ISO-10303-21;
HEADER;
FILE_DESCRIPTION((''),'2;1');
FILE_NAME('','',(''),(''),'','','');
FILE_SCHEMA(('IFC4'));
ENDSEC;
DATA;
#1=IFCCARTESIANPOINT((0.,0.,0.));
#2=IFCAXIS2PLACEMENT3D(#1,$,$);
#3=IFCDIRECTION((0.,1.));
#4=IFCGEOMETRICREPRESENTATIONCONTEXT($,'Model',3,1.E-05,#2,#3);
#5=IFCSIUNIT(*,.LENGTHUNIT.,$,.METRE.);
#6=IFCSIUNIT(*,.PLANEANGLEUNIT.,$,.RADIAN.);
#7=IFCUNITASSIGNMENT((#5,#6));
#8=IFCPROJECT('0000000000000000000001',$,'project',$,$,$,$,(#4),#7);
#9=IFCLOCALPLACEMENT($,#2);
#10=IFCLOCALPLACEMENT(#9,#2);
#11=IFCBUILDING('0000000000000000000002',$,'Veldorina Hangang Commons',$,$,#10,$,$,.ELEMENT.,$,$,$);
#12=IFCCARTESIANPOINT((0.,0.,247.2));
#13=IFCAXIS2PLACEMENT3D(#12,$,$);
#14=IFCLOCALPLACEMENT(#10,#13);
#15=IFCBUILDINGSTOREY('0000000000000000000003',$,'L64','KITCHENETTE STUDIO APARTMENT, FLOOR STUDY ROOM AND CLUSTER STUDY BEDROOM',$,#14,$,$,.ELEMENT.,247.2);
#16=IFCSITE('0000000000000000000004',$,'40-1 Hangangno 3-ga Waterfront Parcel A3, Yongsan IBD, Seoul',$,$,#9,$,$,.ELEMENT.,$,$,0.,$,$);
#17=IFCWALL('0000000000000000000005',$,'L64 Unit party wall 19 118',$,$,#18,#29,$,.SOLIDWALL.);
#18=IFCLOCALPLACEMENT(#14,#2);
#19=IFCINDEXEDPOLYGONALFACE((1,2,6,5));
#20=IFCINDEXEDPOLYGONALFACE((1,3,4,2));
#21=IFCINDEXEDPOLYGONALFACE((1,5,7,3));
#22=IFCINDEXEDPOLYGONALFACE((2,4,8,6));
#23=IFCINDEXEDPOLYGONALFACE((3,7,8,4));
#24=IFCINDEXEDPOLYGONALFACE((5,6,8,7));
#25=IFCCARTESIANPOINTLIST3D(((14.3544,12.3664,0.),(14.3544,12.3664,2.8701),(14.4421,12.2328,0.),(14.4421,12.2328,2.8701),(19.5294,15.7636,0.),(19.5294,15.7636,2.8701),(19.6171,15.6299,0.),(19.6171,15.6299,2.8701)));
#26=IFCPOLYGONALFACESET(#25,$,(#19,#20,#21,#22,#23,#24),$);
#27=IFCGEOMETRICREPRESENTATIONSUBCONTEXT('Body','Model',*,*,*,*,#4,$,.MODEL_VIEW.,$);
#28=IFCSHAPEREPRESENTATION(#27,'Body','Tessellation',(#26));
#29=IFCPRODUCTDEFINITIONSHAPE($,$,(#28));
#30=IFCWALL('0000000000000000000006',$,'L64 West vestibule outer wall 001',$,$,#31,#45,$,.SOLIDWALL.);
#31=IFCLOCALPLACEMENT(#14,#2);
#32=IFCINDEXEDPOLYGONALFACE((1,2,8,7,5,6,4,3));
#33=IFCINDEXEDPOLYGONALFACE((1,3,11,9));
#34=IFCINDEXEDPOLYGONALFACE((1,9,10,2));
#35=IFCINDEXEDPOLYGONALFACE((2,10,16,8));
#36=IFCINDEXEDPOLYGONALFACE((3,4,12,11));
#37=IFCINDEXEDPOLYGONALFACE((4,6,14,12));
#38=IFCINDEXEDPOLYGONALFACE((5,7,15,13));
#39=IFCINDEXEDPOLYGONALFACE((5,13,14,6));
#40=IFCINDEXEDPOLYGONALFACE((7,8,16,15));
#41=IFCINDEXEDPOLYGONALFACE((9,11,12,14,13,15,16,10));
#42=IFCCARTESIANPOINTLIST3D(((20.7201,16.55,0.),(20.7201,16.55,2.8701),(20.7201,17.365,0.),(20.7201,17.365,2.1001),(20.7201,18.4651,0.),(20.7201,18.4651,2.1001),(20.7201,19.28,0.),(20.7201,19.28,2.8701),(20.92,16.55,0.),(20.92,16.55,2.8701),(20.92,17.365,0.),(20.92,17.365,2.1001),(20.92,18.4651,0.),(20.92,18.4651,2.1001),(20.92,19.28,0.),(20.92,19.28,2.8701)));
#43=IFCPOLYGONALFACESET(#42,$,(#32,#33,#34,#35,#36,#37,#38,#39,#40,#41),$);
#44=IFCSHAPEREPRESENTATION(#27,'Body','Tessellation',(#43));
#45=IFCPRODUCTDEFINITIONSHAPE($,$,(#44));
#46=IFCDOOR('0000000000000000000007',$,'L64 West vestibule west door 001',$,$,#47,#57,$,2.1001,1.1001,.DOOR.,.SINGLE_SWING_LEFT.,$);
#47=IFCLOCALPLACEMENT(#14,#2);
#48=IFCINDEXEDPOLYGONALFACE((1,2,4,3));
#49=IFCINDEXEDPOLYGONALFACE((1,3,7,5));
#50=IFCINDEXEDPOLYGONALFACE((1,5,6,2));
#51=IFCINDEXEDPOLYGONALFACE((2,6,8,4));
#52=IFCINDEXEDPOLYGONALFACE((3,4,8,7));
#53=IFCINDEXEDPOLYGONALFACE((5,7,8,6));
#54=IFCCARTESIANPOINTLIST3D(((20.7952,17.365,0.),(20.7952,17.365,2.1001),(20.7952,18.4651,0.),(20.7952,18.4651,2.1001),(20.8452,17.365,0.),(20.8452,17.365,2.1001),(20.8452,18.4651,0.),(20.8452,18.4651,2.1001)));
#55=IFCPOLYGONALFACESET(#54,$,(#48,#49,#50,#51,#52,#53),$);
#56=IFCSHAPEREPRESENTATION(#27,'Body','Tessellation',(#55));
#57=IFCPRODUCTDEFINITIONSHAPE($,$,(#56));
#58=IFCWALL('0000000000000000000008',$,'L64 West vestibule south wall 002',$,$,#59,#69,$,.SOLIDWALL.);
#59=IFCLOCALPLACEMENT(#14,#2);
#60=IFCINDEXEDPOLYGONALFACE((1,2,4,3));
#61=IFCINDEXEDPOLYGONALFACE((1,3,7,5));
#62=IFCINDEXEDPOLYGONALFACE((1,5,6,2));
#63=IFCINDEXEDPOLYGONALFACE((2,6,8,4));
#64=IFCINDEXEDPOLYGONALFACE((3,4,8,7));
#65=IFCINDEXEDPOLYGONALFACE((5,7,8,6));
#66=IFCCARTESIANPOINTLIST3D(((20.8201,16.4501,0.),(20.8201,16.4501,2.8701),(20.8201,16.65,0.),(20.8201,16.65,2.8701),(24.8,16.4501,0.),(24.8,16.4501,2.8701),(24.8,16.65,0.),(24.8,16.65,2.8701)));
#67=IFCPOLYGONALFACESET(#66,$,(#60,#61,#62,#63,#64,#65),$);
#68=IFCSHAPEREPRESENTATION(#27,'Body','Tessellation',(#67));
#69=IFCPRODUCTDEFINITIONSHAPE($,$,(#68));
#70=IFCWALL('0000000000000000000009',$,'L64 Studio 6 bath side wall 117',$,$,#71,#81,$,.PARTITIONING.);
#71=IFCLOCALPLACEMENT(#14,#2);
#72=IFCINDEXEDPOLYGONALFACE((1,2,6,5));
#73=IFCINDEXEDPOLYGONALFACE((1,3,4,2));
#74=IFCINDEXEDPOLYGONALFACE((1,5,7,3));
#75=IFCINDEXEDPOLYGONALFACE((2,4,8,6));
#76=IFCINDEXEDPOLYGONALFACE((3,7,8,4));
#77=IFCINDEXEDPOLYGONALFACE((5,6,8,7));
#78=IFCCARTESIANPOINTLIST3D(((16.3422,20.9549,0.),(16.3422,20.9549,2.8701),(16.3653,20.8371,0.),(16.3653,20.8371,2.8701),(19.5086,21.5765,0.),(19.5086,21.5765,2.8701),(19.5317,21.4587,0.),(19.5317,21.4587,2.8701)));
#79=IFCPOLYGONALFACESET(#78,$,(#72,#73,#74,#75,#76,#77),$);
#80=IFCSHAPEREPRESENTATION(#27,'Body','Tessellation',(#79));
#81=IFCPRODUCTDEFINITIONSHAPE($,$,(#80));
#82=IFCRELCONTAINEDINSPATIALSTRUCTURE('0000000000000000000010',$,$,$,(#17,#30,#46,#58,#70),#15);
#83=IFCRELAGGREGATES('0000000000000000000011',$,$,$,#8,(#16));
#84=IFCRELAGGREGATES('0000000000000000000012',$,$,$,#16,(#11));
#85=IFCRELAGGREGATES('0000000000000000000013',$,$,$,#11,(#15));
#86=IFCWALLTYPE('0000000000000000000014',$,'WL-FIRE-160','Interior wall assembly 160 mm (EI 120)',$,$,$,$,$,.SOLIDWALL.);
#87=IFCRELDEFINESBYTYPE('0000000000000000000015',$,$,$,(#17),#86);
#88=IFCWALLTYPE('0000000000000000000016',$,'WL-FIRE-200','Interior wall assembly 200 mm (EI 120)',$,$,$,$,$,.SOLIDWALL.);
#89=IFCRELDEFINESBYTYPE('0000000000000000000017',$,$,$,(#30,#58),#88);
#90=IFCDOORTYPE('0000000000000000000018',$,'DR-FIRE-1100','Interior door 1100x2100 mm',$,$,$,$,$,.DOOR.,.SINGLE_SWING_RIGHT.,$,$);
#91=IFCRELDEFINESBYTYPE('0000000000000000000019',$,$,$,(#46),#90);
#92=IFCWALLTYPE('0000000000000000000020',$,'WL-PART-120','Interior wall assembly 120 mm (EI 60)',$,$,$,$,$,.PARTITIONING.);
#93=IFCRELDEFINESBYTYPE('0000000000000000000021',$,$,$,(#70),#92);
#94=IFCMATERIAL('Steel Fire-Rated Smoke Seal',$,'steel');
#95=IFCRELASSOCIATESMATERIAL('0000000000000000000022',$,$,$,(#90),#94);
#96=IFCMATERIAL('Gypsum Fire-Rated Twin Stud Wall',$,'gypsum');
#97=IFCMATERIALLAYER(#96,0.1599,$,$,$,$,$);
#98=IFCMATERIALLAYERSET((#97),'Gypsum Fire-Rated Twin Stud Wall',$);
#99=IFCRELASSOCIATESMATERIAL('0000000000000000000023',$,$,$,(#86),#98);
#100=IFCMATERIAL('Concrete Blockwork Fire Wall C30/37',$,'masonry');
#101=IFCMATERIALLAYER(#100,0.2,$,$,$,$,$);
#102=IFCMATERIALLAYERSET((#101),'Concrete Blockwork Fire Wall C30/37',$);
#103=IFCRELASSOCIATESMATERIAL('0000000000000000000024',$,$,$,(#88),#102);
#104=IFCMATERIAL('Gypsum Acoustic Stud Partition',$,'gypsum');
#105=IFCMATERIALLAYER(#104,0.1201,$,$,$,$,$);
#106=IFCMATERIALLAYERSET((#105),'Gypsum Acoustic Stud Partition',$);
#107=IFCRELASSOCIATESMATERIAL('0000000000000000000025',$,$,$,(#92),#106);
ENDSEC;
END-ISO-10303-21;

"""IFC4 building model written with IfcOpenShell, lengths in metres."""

from ifc_helpers import new_model, si_unit, direction, frame, frame_2d, origin, place, context, subcontext, project, spatial, rectangle, extrude, material, layer, layer_set, type_object, element, fill, save


model = new_model("IFC4")

# Units and contexts
model_context = context("Model", 3, precision=1e-05, world=origin(), true_north=direction((0.0, 1.0)))
body_context = subcontext(model_context, "Body", "Model", "MODEL_VIEW")
ifc_project = project(units=[si_unit("LENGTHUNIT", "METRE"), si_unit("PLANEANGLEUNIT", "RADIAN")], contexts=[model_context])

# Site, building, storey
site_placement = place(None, origin())
site = spatial("IfcSite", under=ifc_project, at=site_placement, Name="40-1 Hangangno 3-ga Waterfront Parcel A3, Yongsan IBD, Seoul", CompositionType="ELEMENT", RefElevation=0.0)
building_placement = place(site_placement, origin())
building = spatial("IfcBuilding", under=site, at=building_placement, Name="Veldorina Hangang Commons", CompositionType="ELEMENT")
storey_placement = place(building_placement, frame((0.0, 0.0, 247.2)))
storey = spatial("IfcBuildingStorey", under=building, at=storey_placement, Name="L64", Description="KITCHENETTE STUDIO APARTMENT, FLOOR STUDY ROOM AND CLUSTER STUDY BEDROOM", CompositionType="ELEMENT", Elevation=247.2)

# Shared definitions
ifc_material_1 = material(Name="Steel Fire-Rated Smoke Seal", Category="steel")
door_type_1 = type_object("IfcDoorType", Name="DR-FIRE-1100", Description="Interior door 1100x2100 mm", OperationType="SINGLE_SWING_RIGHT", PredefinedType="DOOR", material=ifc_material_1)
ifc_material_2 = material(Name="Gypsum Fire-Rated Twin Stud Wall", Category="gypsum")
ifc_layer_1 = layer(ifc_material_2, 0.1599)
ifc_layer_set_1 = layer_set([ifc_layer_1], Name="Gypsum Fire-Rated Twin Stud Wall")
wall_type_1 = type_object("IfcWallType", Name="WL-FIRE-160", Description="Interior wall assembly 160 mm (EI 120)", PredefinedType="SOLIDWALL", material=ifc_layer_set_1)

# Wall
wall_1_placement = place(storey_placement, frame((19.5732, 15.6968, 0.0), z_axis=(0.0, 0.0, 1.0), x_axis=(-0.835967, -0.54878, 0.0)))
element("IfcWall", 1, at=wall_1_placement, inside=storey, type_object=wall_type_1, Name="L64 Unit party wall 19 118", PredefinedType="SOLIDWALL", context=body_context, shape_type="SweptSolid", body=[
    extrude(rectangle(XDim=6.1904, YDim=0.1599, at=frame_2d((3.0952, 0.0))), origin(), (0.0, 0.0, 1.0), 2.8701),
])

# Wall, opening, door
ifc_material_3 = material(Name="Concrete Blockwork Fire Wall C30/37", Category="masonry")
ifc_layer_2 = layer(ifc_material_3, 0.2)
ifc_layer_set_2 = layer_set([ifc_layer_2], Name="Concrete Blockwork Fire Wall C30/37")
wall_type_2 = type_object("IfcWallType", Name="WL-FIRE-200", Description="Interior wall assembly 200 mm (EI 120)", PredefinedType="SOLIDWALL", material=ifc_layer_set_2)
wall_2_placement = place(storey_placement, frame((20.8201, 16.55, 0.0), z_axis=(0.0, 0.0, 1.0), x_axis=(0.0, 1.0, 0.0)))
wall_2 = element("IfcWall", 2, at=wall_2_placement, inside=storey, type_object=wall_type_2, Name="L64 West vestibule outer wall 001", PredefinedType="SOLIDWALL", context=body_context, shape_type="SweptSolid", body=[
    extrude(rectangle(XDim=2.73, YDim=0.2, at=frame_2d((1.365, 0.0))), origin(), (0.0, 0.0, 1.0), 2.8701),
])
opening_1_placement = place(wall_2_placement, frame((0.8149, 0.0, 0.0)))
opening_1 = element("IfcOpeningElement", 3, at=opening_1_placement, cuts=wall_2, PredefinedType="OPENING", context=body_context, shape_type="SweptSolid", body=[
    extrude(rectangle(XDim=1.1001, YDim=2.1001, at=frame_2d((0.55, 1.05))), frame((0.0, 0.1099, 0.0), z_axis=(0.0, -1.0, 0.0), x_axis=(1.0, 0.0, 0.0)), (0.0, 0.0, 1.0), 0.22),
])
door_1_placement = place(opening_1_placement, origin())
door_1 = element("IfcDoor", 4, at=door_1_placement, inside=storey, type_object=door_type_1, Name="L64 West vestibule west door 001", OperationType="SINGLE_SWING_LEFT", OverallHeight=2.1001, OverallWidth=1.1001, PredefinedType="DOOR", context=body_context, shape_type="SweptSolid", body=[
    extrude(rectangle(XDim=1.1001, YDim=2.1001, at=frame_2d((0.55, 1.05))), frame((0.0, 0.0249, 0.0), z_axis=(0.0, -1.0, 0.0), x_axis=(1.0, 0.0, 0.0)), (0.0, 0.0, 1.0), 0.05),
])
fill(opening_1, door_1)

# Walls
wall_3_placement = place(storey_placement, frame((20.8201, 16.55, 0.0), z_axis=(0.0, 0.0, 1.0), x_axis=(1.0, 0.0, 0.0)))
element("IfcWall", 5, at=wall_3_placement, inside=storey, type_object=wall_type_2, Name="L64 West vestibule south wall 002", PredefinedType="SOLIDWALL", context=body_context, shape_type="SweptSolid", body=[
    extrude(rectangle(XDim=3.98, YDim=0.2, at=frame_2d((1.99, 0.0))), origin(), (0.0, 0.0, 1.0), 2.8701),
])
ifc_material_4 = material(Name="Gypsum Acoustic Stud Partition", Category="gypsum")
ifc_layer_3 = layer(ifc_material_4, 0.1201)
ifc_layer_set_3 = layer_set([ifc_layer_3], Name="Gypsum Acoustic Stud Partition")
wall_type_3 = type_object("IfcWallType", Name="WL-PART-120", Description="Interior wall assembly 120 mm (EI 60)", PredefinedType="PARTITIONING", material=ifc_layer_set_3)
wall_4_placement = place(storey_placement, frame((19.52, 21.5176, 0.0), z_axis=(0.0, 0.0, 1.0), x_axis=(-0.98127, -0.192637, 0.0)))
element("IfcWall", 6, at=wall_4_placement, inside=storey, type_object=wall_type_3, Name="L64 Studio 6 bath side wall 117", PredefinedType="PARTITIONING", context=body_context, shape_type="SweptSolid", body=[
    extrude(rectangle(XDim=3.2268, YDim=0.1201, at=frame_2d((1.6133, 0.0))), origin(), (0.0, 0.0, 1.0), 2.8701),
])

save(model, "model.ifc")
